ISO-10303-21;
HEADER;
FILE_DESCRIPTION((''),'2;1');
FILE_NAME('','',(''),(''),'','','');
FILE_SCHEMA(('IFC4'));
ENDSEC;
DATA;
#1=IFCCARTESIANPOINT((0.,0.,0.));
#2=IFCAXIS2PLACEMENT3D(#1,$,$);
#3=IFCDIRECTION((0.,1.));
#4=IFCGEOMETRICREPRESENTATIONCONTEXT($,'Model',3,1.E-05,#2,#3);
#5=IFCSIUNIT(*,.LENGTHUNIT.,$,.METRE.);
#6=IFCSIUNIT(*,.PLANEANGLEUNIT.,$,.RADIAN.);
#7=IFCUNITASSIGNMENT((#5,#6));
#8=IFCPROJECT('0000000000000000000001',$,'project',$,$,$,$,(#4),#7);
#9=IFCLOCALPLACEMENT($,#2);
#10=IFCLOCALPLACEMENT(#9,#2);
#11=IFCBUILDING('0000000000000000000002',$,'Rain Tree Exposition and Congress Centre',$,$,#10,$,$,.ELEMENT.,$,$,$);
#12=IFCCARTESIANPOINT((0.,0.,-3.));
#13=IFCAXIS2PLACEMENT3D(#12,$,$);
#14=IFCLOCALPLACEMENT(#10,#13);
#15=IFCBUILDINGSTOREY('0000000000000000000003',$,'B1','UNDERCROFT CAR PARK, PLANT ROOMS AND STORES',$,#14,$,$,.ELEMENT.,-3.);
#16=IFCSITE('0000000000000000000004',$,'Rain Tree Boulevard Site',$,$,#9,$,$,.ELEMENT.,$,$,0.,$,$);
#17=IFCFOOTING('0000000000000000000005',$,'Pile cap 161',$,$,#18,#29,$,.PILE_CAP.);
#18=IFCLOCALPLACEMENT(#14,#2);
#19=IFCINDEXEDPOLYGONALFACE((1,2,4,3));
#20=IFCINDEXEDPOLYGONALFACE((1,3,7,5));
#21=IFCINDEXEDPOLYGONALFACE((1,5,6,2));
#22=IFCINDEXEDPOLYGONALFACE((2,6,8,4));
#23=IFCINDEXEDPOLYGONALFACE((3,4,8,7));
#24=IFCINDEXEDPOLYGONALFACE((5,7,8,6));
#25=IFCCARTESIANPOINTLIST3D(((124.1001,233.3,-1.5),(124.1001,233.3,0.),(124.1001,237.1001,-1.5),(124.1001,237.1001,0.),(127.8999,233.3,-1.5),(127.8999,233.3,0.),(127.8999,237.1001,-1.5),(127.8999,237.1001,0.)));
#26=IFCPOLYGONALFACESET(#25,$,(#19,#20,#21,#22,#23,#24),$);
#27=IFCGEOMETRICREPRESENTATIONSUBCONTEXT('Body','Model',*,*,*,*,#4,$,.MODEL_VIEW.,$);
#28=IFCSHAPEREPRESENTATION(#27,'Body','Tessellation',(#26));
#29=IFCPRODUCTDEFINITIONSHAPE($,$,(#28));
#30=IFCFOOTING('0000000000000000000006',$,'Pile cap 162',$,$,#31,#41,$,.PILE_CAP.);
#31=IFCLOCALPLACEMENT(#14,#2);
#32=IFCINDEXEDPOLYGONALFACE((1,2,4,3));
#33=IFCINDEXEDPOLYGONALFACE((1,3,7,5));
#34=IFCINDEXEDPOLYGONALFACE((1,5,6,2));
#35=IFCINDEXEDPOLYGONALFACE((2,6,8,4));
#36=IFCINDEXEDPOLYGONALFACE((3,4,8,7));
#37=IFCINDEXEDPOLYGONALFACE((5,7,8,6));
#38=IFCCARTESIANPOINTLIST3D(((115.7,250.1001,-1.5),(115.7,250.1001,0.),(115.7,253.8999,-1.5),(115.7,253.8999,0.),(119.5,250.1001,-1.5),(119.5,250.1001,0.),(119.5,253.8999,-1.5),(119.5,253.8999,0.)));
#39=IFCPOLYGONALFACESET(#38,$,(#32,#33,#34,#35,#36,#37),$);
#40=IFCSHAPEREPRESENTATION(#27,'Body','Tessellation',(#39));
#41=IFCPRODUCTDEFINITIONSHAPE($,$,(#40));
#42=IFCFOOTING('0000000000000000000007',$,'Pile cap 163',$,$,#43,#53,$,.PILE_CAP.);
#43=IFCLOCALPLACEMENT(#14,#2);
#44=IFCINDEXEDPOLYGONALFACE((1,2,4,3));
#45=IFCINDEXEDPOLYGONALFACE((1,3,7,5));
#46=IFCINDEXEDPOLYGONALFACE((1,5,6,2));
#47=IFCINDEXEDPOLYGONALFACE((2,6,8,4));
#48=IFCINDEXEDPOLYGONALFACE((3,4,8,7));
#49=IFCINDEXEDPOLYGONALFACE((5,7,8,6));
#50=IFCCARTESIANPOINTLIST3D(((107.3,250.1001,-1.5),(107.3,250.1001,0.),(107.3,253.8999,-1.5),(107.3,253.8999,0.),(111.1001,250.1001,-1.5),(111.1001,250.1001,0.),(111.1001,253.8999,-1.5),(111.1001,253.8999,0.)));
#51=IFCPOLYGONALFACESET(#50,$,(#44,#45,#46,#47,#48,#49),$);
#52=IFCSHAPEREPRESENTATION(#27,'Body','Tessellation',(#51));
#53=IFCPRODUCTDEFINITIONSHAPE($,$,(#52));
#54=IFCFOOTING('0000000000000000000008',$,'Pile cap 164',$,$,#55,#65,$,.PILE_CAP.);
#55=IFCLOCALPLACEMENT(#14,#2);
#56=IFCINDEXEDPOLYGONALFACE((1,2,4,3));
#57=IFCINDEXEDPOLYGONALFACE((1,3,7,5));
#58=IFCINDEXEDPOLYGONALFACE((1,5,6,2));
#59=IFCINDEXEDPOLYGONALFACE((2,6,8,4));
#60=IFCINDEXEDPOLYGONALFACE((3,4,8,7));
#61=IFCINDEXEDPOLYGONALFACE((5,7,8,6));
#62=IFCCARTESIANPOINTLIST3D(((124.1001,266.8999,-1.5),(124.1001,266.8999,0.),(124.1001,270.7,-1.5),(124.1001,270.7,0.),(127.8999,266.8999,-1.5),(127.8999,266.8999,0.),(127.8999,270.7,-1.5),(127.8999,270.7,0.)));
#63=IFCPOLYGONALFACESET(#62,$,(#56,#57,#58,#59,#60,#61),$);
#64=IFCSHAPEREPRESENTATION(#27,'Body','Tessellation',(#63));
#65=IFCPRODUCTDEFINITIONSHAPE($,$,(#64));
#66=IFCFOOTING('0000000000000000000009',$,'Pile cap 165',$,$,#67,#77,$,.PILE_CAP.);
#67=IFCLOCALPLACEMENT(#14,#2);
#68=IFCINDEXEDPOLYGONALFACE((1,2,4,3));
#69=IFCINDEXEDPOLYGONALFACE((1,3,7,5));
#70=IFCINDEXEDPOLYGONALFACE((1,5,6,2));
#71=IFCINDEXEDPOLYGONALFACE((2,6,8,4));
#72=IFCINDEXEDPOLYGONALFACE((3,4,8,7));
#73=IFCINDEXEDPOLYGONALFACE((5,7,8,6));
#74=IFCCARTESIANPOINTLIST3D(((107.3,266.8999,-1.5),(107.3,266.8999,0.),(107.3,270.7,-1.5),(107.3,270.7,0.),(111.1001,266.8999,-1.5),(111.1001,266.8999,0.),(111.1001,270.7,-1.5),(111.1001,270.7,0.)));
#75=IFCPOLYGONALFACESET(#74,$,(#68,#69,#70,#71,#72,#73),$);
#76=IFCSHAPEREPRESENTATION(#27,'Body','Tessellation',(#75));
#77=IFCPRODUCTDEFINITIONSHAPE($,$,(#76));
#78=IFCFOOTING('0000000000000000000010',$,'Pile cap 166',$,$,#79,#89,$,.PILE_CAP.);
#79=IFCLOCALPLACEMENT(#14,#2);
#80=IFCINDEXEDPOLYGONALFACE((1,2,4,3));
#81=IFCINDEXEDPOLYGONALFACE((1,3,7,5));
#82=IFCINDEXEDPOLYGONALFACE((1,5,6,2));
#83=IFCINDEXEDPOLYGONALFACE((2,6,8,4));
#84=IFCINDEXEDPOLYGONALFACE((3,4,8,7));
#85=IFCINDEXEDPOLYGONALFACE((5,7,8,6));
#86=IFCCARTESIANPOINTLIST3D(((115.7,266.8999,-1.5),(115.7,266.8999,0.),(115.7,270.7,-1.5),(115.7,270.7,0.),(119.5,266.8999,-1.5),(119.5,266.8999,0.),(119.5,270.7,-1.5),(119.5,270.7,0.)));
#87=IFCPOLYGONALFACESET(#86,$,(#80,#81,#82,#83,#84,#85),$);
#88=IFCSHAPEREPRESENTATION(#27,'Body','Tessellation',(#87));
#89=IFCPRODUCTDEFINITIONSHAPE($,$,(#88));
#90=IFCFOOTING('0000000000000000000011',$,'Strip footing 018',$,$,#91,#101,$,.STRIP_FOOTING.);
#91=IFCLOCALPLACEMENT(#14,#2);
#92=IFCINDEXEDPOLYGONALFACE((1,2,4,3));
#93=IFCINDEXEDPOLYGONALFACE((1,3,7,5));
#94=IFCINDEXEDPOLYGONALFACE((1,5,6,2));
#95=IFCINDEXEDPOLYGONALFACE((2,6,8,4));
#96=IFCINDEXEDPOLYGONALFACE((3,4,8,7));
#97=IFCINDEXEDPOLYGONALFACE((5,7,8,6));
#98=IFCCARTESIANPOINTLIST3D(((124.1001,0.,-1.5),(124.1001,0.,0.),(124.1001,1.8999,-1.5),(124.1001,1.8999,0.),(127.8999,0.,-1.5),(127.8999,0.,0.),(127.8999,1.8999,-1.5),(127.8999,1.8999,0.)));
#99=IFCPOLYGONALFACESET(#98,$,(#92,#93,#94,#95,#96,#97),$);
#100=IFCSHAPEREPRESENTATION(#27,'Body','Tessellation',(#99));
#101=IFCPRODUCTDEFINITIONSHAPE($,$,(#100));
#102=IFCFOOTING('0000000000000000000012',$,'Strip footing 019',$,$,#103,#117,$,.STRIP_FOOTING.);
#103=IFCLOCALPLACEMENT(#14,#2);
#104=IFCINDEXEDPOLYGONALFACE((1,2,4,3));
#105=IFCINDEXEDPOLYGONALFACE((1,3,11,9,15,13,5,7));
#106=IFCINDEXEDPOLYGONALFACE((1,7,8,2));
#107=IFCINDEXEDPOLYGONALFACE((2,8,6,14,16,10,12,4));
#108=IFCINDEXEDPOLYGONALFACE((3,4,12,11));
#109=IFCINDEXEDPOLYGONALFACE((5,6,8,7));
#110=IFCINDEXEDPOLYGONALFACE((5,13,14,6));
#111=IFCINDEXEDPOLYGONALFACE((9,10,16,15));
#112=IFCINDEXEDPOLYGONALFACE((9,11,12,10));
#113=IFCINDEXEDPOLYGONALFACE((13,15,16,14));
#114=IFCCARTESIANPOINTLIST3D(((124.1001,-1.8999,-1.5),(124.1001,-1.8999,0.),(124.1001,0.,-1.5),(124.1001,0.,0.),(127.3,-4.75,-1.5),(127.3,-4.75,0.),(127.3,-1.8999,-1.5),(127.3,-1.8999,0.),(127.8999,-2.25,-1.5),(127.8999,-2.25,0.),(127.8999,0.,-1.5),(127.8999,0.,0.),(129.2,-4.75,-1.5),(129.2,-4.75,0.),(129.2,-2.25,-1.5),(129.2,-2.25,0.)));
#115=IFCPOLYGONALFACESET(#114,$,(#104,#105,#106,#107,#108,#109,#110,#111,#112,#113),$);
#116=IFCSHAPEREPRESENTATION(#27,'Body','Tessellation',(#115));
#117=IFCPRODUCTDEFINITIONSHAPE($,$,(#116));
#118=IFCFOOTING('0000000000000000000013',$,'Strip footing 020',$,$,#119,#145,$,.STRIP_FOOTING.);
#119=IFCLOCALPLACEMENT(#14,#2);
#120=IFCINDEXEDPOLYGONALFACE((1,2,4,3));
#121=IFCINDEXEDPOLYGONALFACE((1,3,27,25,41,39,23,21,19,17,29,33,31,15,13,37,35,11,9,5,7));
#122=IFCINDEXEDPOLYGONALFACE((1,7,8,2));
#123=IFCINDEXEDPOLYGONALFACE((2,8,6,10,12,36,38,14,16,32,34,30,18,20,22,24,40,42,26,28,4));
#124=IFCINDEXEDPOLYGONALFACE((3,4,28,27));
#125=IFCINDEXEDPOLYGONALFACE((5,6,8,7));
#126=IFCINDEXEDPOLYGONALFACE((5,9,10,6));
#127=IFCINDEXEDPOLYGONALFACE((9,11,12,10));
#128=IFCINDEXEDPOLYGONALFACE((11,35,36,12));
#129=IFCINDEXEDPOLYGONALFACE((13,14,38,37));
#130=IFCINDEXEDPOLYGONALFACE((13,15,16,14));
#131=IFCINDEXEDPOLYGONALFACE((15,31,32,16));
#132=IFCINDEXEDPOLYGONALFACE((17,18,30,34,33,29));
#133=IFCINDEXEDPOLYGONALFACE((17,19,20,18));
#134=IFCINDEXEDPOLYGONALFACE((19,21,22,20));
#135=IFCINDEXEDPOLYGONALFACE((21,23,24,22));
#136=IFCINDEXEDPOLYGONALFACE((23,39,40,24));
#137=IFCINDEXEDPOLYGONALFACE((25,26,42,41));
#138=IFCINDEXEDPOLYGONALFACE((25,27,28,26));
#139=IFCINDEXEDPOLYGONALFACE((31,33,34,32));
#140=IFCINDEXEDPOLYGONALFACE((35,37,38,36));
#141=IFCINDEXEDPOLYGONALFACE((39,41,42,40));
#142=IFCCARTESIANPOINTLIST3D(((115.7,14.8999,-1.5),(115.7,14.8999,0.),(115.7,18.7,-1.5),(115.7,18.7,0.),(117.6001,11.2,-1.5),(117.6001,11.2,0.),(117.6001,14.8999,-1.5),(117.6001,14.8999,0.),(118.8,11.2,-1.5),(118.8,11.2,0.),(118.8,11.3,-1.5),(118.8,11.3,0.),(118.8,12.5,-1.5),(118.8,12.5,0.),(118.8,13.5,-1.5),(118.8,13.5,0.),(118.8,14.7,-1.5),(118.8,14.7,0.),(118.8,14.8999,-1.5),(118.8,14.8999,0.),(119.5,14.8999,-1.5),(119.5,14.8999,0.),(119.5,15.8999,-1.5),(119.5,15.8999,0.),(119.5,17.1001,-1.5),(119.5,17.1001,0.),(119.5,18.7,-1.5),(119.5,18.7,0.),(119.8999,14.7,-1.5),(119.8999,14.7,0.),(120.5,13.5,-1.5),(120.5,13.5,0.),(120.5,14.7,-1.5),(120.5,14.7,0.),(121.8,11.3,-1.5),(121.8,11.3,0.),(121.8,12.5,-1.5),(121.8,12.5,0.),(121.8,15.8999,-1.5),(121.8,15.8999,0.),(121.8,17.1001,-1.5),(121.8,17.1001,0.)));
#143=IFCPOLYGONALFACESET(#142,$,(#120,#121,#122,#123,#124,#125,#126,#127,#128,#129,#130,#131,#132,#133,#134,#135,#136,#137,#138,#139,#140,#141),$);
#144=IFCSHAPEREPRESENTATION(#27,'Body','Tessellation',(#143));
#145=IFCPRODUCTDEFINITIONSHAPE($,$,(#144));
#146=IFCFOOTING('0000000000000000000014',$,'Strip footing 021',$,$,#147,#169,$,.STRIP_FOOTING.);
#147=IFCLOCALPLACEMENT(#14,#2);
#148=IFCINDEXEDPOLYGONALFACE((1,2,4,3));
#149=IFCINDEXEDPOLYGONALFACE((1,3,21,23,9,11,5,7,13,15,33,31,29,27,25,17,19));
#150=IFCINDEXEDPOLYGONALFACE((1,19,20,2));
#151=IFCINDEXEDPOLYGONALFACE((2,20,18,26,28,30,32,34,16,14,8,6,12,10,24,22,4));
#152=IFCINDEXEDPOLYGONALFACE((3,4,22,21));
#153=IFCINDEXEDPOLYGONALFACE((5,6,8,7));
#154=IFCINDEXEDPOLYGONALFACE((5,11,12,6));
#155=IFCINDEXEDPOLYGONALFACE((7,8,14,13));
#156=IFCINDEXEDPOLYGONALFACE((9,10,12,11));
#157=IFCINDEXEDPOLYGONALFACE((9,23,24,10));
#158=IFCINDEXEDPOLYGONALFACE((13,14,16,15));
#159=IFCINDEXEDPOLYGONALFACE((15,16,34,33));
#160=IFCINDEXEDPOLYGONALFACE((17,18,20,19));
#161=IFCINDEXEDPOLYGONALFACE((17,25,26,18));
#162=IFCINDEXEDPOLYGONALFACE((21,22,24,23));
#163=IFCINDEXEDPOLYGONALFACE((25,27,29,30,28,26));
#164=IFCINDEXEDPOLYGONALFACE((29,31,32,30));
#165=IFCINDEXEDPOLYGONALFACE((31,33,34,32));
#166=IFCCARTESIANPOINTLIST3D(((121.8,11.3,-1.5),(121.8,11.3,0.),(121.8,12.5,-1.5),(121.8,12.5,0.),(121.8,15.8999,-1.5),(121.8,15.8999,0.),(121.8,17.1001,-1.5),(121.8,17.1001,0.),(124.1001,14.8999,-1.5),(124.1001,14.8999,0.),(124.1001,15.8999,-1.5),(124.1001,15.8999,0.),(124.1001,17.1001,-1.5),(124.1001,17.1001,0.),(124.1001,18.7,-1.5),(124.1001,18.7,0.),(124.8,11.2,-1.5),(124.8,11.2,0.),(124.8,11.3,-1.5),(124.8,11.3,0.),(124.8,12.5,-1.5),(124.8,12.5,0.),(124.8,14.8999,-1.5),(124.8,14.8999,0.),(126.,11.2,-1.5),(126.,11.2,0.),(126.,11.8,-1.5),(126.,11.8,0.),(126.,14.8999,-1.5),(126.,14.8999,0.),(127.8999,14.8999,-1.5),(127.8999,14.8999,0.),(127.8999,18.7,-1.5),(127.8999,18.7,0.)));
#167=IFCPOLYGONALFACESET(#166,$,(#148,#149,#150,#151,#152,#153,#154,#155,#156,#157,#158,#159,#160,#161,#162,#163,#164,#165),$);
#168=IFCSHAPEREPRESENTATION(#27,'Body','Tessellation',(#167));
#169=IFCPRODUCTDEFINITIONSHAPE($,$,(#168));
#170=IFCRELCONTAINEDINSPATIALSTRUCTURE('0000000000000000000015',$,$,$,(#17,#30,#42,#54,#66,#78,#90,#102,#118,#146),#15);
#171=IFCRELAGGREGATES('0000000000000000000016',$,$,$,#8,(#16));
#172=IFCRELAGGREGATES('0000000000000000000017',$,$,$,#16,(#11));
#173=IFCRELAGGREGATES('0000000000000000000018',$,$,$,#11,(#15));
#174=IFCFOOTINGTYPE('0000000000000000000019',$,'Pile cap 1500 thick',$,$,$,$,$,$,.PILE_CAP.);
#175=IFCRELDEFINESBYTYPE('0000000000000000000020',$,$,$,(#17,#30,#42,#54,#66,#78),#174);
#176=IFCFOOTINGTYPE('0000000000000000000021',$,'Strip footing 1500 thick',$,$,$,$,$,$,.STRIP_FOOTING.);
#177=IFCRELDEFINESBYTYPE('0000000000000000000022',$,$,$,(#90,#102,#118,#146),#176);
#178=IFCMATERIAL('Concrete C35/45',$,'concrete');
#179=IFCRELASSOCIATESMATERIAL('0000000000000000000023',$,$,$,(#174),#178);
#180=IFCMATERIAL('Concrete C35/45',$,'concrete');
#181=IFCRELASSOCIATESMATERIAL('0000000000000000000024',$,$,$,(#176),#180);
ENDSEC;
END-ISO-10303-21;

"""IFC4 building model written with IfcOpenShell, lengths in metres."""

from ifc_helpers import new_model, si_unit, direction, frame, origin, place, context, subcontext, project, spatial, polyline, outline, extrude, material, type_object, element, save


model = new_model("IFC4")

# Units and contexts
model_context = context("Model", 3, precision=1e-05, world=origin(), true_north=direction((0.0, 1.0)))
body_context = subcontext(model_context, "Body", "Model", "MODEL_VIEW")
ifc_project = project(units=[si_unit("LENGTHUNIT", "METRE"), si_unit("PLANEANGLEUNIT", "RADIAN")], contexts=[model_context])

# Site, building, storey
site_placement = place(None, origin())
site = spatial("IfcSite", under=ifc_project, at=site_placement, Name="Rain Tree Boulevard Site", CompositionType="ELEMENT", RefElevation=0.0)
building_placement = place(site_placement, origin())
building = spatial("IfcBuilding", under=site, at=building_placement, Name="Rain Tree Exposition and Congress Centre", CompositionType="ELEMENT")
storey_placement = place(building_placement, frame((0.0, 0.0, -3.0)))
storey = spatial("IfcBuildingStorey", under=building, at=storey_placement, Name="B1", Description="UNDERCROFT CAR PARK, PLANT ROOMS AND STORES", CompositionType="ELEMENT", Elevation=-3.0)

# Footings
ifc_material_1 = material(Name="Concrete C35/45", Category="concrete")
footing_type_1 = type_object("IfcFootingType", Name="Pile cap 1500 thick", PredefinedType="PILE_CAP", material=ifc_material_1)
footing_1_placement = place(storey_placement, frame((0.0, 0.0, -1.5)))
element("IfcFooting", 1, at=footing_1_placement, inside=storey, type_object=footing_type_1, Name="Pile cap 161", PredefinedType="PILE_CAP", context=body_context, shape_type="SweptSolid", body=[
    extrude(outline(polyline([(127.8999, 233.3), (127.8999, 237.1001), (124.1001, 237.1001), (124.1001, 233.3), (127.8999, 233.3)])), origin(), (0.0, 0.0, 1.0), 1.5),
])
footing_2_placement = place(storey_placement, frame((0.0, 0.0, -1.5)))
element("IfcFooting", 2, at=footing_2_placement, inside=storey, type_object=footing_type_1, Name="Pile cap 162", PredefinedType="PILE_CAP", context=body_context, shape_type="SweptSolid", body=[
    extrude(outline(polyline([(119.5, 250.1001), (119.5, 253.8999), (115.7, 253.8999), (115.7, 250.1001), (119.5, 250.1001)])), origin(), (0.0, 0.0, 1.0), 1.5),
])
footing_3_placement = place(storey_placement, frame((0.0, 0.0, -1.5)))
element("IfcFooting", 3, at=footing_3_placement, inside=storey, type_object=footing_type_1, Name="Pile cap 163", PredefinedType="PILE_CAP", context=body_context, shape_type="SweptSolid", body=[
    extrude(outline(polyline([(111.1001, 250.1001), (111.1001, 253.8999), (107.3, 253.8999), (107.3, 250.1001), (111.1001, 250.1001)])), origin(), (0.0, 0.0, 1.0), 1.5),
])
footing_4_placement = place(storey_placement, frame((0.0, 0.0, -1.5)))
element("IfcFooting", 4, at=footing_4_placement, inside=storey, type_object=footing_type_1, Name="Pile cap 164", PredefinedType="PILE_CAP", context=body_context, shape_type="SweptSolid", body=[
    extrude(outline(polyline([(127.8999, 266.8999), (127.8999, 270.7), (124.1001, 270.7), (124.1001, 266.8999), (127.8999, 266.8999)])), origin(), (0.0, 0.0, 1.0), 1.5),
])
footing_5_placement = place(storey_placement, frame((0.0, 0.0, -1.5)))
element("IfcFooting", 5, at=footing_5_placement, inside=storey, type_object=footing_type_1, Name="Pile cap 165", PredefinedType="PILE_CAP", context=body_context, shape_type="SweptSolid", body=[
    extrude(outline(polyline([(111.1001, 266.8999), (111.1001, 270.7), (107.3, 270.7), (107.3, 266.8999), (111.1001, 266.8999)])), origin(), (0.0, 0.0, 1.0), 1.5),
])
footing_6_placement = place(storey_placement, frame((0.0, 0.0, -1.5)))
element("IfcFooting", 6, at=footing_6_placement, inside=storey, type_object=footing_type_1, Name="Pile cap 166", PredefinedType="PILE_CAP", context=body_context, shape_type="SweptSolid", body=[
    extrude(outline(polyline([(119.5, 266.8999), (119.5, 270.7), (115.7, 270.7), (115.7, 266.8999), (119.5, 266.8999)])), origin(), (0.0, 0.0, 1.0), 1.5),
])
ifc_material_2 = material(Name="Concrete C35/45", Category="concrete")
footing_type_2 = type_object("IfcFootingType", Name="Strip footing 1500 thick", PredefinedType="STRIP_FOOTING", material=ifc_material_2)
footing_7_placement = place(storey_placement, frame((0.0, 0.0, -1.5)))
element("IfcFooting", 7, at=footing_7_placement, inside=storey, type_object=footing_type_2, Name="Strip footing 018", PredefinedType="STRIP_FOOTING", context=body_context, shape_type="SweptSolid", body=[
    extrude(outline(polyline([(124.1001, 1.8999), (124.1001, 0.0), (127.8999, 0.0), (127.8999, 1.8999), (124.1001, 1.8999)])), origin(), (0.0, 0.0, 1.0), 1.5),
])
footing_8_placement = place(storey_placement, frame((0.0, 0.0, -1.5)))
element("IfcFooting", 8, at=footing_8_placement, inside=storey, type_object=footing_type_2, Name="Strip footing 019", PredefinedType="STRIP_FOOTING", context=body_context, shape_type="SweptSolid", body=[
    extrude(outline(polyline([(129.2, -4.75), (129.2, -2.25), (127.8999, -2.25), (127.8999, 0.0), (124.1001, 0.0), (124.1001, -1.8999), (127.3, -1.8999), (127.3, -4.75), (129.2, -4.75)])), origin(), (0.0, 0.0, 1.0), 1.5),
])
footing_9_placement = place(storey_placement, frame((0.0, 0.0, -1.5)))
element("IfcFooting", 9, at=footing_9_placement, inside=storey, type_object=footing_type_2, Name="Strip footing 020", PredefinedType="STRIP_FOOTING", context=body_context, shape_type="SweptSolid", body=[
    extrude(outline(polyline([(118.8, 11.2), (118.8, 11.3), (121.8, 11.3), (121.8, 12.5), (118.8, 12.5), (118.8, 13.5), (120.5, 13.5), (120.5, 14.7), (119.8999, 14.7), (118.8, 14.7), (118.8, 14.8999), (119.5, 14.8999), (119.5, 15.8999), (121.8, 15.8999), (121.8, 17.1001), (119.5, 17.1001), (119.5, 18.7), (115.7, 18.7), (115.7, 14.8999), (117.6001, 14.8999), (117.6001, 11.2), (118.8, 11.2)])), origin(), (0.0, 0.0, 1.0), 1.5),
])
footing_10_placement = place(storey_placement, frame((0.0, 0.0, -1.5)))
element("IfcFooting", 10, at=footing_10_placement, inside=storey, type_object=footing_type_2, Name="Strip footing 021", PredefinedType="STRIP_FOOTING", context=body_context, shape_type="SweptSolid", body=[
    extrude(outline(polyline([(124.1001, 17.1001), (121.8, 17.1001), (121.8, 15.8999), (124.1001, 15.8999), (124.1001, 14.8999), (124.8, 14.8999), (124.8, 12.5), (121.8, 12.5), (121.8, 11.3), (124.8, 11.3), (124.8, 11.2), (126.0, 11.2), (126.0, 11.8), (126.0, 14.8999), (127.8999, 14.8999), (127.8999, 18.7), (124.1001, 18.7), (124.1001, 17.1001)])), origin(), (0.0, 0.0, 1.0), 1.5),
])

save(model, "model.ifc")
